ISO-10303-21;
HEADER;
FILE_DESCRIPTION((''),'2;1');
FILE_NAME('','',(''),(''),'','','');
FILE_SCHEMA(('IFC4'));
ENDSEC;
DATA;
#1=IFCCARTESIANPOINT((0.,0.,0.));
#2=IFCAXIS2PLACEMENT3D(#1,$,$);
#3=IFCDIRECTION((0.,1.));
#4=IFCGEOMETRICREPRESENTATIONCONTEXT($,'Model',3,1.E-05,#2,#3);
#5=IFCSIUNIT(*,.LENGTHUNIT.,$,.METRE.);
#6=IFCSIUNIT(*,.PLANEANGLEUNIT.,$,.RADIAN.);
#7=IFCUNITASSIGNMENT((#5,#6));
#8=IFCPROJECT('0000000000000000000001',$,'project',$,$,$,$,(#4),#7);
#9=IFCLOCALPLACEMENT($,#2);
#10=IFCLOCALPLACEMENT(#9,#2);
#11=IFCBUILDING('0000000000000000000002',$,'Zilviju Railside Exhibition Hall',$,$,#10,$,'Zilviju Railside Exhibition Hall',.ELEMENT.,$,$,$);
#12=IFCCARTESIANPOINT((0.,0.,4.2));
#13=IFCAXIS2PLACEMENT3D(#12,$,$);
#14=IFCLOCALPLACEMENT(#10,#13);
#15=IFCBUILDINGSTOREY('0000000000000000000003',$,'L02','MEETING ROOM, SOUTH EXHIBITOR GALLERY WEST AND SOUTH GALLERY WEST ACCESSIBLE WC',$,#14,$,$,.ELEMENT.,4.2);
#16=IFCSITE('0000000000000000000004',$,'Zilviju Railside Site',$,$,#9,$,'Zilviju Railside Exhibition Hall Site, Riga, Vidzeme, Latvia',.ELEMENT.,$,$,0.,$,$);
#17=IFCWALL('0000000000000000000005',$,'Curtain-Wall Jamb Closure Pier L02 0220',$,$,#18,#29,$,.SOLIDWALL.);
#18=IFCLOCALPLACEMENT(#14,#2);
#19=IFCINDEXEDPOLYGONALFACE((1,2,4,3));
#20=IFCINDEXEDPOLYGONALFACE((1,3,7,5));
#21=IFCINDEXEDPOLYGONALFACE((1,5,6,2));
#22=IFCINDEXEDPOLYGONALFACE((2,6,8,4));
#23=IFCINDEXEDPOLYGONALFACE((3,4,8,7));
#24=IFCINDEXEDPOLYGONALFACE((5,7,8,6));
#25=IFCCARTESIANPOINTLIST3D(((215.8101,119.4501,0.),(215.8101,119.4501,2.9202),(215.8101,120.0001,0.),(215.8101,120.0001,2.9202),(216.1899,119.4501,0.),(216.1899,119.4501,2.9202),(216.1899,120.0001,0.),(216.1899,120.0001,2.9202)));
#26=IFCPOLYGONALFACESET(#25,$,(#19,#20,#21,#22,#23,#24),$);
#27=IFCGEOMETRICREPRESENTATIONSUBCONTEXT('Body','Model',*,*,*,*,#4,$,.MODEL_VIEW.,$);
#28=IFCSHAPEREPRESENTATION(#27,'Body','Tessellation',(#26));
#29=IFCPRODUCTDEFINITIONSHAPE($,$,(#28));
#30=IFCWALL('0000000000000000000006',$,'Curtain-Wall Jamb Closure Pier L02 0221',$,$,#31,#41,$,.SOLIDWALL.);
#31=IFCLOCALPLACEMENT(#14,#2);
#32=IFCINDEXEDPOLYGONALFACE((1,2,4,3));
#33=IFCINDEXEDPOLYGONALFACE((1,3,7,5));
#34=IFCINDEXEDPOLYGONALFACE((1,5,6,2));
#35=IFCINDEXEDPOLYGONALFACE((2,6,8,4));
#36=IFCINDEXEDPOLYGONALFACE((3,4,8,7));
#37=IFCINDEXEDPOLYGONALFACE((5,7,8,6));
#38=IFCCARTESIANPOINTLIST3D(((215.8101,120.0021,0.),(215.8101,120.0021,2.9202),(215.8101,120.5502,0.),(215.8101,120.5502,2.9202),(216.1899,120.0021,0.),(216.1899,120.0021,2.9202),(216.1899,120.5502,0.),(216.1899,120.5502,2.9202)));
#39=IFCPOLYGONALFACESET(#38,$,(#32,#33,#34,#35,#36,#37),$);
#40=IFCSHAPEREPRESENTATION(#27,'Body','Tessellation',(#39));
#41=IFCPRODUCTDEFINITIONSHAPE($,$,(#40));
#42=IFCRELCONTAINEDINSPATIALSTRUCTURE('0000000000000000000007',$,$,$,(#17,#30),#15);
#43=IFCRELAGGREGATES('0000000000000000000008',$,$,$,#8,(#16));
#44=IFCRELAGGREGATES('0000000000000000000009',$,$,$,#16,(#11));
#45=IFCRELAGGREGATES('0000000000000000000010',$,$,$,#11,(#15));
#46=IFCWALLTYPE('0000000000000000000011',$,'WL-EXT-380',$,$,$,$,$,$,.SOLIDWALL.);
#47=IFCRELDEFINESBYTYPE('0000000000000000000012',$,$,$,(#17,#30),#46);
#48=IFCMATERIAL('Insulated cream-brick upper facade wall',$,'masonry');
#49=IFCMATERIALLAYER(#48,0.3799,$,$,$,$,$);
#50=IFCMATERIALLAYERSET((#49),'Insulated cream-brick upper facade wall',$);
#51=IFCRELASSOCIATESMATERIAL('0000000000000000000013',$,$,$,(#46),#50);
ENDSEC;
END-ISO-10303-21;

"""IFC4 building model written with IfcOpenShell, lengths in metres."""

from ifc_helpers import new_model, si_unit, direction, frame, frame_2d, origin, place, context, subcontext, project, spatial, rectangle, extrude, material, layer, layer_set, type_object, element, save


model = new_model("IFC4")

# Units and contexts
model_context = context("Model", 3, precision=1e-05, world=origin(), true_north=direction((0.0, 1.0)))
body_context = subcontext(model_context, "Body", "Model", "MODEL_VIEW")
ifc_project = project(units=[si_unit("LENGTHUNIT", "METRE"), si_unit("PLANEANGLEUNIT", "RADIAN")], contexts=[model_context])

# Site, building, storey
site_placement = place(None, origin())
site = spatial("IfcSite", under=ifc_project, at=site_placement, Name="Zilviju Railside Site", LongName="Zilviju Railside Exhibition Hall Site, Riga, Vidzeme, Latvia", CompositionType="ELEMENT", RefElevation=0.0)
building_placement = place(site_placement, origin())
building = spatial("IfcBuilding", under=site, at=building_placement, Name="Zilviju Railside Exhibition Hall", LongName="Zilviju Railside Exhibition Hall", CompositionType="ELEMENT")
storey_placement = place(building_placement, frame((0.0, 0.0, 4.2)))
storey = spatial("IfcBuildingStorey", under=building, at=storey_placement, Name="L02", Description="MEETING ROOM, SOUTH EXHIBITOR GALLERY WEST AND SOUTH GALLERY WEST ACCESSIBLE WC", CompositionType="ELEMENT", Elevation=4.2)

# Walls
ifc_material_1 = material(Name="Insulated cream-brick upper facade wall", Category="masonry")
ifc_layer_1 = layer(ifc_material_1, 0.3799)
ifc_layer_set_1 = layer_set([ifc_layer_1], Name="Insulated cream-brick upper facade wall")
wall_type = type_object("IfcWallType", Name="WL-EXT-380", PredefinedType="SOLIDWALL", material=ifc_layer_set_1)
wall_1_placement = place(storey_placement, frame((216.0, 120.0, 0.0), z_axis=(0.0, 0.0, 1.0), x_axis=(0.0, -1.0, 0.0)))
element("IfcWall", 1, at=wall_1_placement, inside=storey, type_object=wall_type, Name="Curtain-Wall Jamb Closure Pier L02 0220", PredefinedType="SOLIDWALL", context=body_context, shape_type="SweptSolid", body=[
    extrude(rectangle(XDim=0.55, YDim=0.3799, at=frame_2d((0.2749, 0.0))), origin(), (0.0, 0.0, 1.0), 2.9202),
])
wall_2_placement = place(storey_placement, frame((216.0, 120.55, 0.0), z_axis=(0.0, 0.0, 1.0), x_axis=(0.0, -1.0, 0.0)))
element("IfcWall", 2, at=wall_2_placement, inside=storey, type_object=wall_type, Name="Curtain-Wall Jamb Closure Pier L02 0221", PredefinedType="SOLIDWALL", context=body_context, shape_type="SweptSolid", body=[
    extrude(rectangle(XDim=0.5481, YDim=0.3799, at=frame_2d((0.2739, 0.0))), origin(), (0.0, 0.0, 1.0), 2.9202),
])

save(model, "model.ifc")
